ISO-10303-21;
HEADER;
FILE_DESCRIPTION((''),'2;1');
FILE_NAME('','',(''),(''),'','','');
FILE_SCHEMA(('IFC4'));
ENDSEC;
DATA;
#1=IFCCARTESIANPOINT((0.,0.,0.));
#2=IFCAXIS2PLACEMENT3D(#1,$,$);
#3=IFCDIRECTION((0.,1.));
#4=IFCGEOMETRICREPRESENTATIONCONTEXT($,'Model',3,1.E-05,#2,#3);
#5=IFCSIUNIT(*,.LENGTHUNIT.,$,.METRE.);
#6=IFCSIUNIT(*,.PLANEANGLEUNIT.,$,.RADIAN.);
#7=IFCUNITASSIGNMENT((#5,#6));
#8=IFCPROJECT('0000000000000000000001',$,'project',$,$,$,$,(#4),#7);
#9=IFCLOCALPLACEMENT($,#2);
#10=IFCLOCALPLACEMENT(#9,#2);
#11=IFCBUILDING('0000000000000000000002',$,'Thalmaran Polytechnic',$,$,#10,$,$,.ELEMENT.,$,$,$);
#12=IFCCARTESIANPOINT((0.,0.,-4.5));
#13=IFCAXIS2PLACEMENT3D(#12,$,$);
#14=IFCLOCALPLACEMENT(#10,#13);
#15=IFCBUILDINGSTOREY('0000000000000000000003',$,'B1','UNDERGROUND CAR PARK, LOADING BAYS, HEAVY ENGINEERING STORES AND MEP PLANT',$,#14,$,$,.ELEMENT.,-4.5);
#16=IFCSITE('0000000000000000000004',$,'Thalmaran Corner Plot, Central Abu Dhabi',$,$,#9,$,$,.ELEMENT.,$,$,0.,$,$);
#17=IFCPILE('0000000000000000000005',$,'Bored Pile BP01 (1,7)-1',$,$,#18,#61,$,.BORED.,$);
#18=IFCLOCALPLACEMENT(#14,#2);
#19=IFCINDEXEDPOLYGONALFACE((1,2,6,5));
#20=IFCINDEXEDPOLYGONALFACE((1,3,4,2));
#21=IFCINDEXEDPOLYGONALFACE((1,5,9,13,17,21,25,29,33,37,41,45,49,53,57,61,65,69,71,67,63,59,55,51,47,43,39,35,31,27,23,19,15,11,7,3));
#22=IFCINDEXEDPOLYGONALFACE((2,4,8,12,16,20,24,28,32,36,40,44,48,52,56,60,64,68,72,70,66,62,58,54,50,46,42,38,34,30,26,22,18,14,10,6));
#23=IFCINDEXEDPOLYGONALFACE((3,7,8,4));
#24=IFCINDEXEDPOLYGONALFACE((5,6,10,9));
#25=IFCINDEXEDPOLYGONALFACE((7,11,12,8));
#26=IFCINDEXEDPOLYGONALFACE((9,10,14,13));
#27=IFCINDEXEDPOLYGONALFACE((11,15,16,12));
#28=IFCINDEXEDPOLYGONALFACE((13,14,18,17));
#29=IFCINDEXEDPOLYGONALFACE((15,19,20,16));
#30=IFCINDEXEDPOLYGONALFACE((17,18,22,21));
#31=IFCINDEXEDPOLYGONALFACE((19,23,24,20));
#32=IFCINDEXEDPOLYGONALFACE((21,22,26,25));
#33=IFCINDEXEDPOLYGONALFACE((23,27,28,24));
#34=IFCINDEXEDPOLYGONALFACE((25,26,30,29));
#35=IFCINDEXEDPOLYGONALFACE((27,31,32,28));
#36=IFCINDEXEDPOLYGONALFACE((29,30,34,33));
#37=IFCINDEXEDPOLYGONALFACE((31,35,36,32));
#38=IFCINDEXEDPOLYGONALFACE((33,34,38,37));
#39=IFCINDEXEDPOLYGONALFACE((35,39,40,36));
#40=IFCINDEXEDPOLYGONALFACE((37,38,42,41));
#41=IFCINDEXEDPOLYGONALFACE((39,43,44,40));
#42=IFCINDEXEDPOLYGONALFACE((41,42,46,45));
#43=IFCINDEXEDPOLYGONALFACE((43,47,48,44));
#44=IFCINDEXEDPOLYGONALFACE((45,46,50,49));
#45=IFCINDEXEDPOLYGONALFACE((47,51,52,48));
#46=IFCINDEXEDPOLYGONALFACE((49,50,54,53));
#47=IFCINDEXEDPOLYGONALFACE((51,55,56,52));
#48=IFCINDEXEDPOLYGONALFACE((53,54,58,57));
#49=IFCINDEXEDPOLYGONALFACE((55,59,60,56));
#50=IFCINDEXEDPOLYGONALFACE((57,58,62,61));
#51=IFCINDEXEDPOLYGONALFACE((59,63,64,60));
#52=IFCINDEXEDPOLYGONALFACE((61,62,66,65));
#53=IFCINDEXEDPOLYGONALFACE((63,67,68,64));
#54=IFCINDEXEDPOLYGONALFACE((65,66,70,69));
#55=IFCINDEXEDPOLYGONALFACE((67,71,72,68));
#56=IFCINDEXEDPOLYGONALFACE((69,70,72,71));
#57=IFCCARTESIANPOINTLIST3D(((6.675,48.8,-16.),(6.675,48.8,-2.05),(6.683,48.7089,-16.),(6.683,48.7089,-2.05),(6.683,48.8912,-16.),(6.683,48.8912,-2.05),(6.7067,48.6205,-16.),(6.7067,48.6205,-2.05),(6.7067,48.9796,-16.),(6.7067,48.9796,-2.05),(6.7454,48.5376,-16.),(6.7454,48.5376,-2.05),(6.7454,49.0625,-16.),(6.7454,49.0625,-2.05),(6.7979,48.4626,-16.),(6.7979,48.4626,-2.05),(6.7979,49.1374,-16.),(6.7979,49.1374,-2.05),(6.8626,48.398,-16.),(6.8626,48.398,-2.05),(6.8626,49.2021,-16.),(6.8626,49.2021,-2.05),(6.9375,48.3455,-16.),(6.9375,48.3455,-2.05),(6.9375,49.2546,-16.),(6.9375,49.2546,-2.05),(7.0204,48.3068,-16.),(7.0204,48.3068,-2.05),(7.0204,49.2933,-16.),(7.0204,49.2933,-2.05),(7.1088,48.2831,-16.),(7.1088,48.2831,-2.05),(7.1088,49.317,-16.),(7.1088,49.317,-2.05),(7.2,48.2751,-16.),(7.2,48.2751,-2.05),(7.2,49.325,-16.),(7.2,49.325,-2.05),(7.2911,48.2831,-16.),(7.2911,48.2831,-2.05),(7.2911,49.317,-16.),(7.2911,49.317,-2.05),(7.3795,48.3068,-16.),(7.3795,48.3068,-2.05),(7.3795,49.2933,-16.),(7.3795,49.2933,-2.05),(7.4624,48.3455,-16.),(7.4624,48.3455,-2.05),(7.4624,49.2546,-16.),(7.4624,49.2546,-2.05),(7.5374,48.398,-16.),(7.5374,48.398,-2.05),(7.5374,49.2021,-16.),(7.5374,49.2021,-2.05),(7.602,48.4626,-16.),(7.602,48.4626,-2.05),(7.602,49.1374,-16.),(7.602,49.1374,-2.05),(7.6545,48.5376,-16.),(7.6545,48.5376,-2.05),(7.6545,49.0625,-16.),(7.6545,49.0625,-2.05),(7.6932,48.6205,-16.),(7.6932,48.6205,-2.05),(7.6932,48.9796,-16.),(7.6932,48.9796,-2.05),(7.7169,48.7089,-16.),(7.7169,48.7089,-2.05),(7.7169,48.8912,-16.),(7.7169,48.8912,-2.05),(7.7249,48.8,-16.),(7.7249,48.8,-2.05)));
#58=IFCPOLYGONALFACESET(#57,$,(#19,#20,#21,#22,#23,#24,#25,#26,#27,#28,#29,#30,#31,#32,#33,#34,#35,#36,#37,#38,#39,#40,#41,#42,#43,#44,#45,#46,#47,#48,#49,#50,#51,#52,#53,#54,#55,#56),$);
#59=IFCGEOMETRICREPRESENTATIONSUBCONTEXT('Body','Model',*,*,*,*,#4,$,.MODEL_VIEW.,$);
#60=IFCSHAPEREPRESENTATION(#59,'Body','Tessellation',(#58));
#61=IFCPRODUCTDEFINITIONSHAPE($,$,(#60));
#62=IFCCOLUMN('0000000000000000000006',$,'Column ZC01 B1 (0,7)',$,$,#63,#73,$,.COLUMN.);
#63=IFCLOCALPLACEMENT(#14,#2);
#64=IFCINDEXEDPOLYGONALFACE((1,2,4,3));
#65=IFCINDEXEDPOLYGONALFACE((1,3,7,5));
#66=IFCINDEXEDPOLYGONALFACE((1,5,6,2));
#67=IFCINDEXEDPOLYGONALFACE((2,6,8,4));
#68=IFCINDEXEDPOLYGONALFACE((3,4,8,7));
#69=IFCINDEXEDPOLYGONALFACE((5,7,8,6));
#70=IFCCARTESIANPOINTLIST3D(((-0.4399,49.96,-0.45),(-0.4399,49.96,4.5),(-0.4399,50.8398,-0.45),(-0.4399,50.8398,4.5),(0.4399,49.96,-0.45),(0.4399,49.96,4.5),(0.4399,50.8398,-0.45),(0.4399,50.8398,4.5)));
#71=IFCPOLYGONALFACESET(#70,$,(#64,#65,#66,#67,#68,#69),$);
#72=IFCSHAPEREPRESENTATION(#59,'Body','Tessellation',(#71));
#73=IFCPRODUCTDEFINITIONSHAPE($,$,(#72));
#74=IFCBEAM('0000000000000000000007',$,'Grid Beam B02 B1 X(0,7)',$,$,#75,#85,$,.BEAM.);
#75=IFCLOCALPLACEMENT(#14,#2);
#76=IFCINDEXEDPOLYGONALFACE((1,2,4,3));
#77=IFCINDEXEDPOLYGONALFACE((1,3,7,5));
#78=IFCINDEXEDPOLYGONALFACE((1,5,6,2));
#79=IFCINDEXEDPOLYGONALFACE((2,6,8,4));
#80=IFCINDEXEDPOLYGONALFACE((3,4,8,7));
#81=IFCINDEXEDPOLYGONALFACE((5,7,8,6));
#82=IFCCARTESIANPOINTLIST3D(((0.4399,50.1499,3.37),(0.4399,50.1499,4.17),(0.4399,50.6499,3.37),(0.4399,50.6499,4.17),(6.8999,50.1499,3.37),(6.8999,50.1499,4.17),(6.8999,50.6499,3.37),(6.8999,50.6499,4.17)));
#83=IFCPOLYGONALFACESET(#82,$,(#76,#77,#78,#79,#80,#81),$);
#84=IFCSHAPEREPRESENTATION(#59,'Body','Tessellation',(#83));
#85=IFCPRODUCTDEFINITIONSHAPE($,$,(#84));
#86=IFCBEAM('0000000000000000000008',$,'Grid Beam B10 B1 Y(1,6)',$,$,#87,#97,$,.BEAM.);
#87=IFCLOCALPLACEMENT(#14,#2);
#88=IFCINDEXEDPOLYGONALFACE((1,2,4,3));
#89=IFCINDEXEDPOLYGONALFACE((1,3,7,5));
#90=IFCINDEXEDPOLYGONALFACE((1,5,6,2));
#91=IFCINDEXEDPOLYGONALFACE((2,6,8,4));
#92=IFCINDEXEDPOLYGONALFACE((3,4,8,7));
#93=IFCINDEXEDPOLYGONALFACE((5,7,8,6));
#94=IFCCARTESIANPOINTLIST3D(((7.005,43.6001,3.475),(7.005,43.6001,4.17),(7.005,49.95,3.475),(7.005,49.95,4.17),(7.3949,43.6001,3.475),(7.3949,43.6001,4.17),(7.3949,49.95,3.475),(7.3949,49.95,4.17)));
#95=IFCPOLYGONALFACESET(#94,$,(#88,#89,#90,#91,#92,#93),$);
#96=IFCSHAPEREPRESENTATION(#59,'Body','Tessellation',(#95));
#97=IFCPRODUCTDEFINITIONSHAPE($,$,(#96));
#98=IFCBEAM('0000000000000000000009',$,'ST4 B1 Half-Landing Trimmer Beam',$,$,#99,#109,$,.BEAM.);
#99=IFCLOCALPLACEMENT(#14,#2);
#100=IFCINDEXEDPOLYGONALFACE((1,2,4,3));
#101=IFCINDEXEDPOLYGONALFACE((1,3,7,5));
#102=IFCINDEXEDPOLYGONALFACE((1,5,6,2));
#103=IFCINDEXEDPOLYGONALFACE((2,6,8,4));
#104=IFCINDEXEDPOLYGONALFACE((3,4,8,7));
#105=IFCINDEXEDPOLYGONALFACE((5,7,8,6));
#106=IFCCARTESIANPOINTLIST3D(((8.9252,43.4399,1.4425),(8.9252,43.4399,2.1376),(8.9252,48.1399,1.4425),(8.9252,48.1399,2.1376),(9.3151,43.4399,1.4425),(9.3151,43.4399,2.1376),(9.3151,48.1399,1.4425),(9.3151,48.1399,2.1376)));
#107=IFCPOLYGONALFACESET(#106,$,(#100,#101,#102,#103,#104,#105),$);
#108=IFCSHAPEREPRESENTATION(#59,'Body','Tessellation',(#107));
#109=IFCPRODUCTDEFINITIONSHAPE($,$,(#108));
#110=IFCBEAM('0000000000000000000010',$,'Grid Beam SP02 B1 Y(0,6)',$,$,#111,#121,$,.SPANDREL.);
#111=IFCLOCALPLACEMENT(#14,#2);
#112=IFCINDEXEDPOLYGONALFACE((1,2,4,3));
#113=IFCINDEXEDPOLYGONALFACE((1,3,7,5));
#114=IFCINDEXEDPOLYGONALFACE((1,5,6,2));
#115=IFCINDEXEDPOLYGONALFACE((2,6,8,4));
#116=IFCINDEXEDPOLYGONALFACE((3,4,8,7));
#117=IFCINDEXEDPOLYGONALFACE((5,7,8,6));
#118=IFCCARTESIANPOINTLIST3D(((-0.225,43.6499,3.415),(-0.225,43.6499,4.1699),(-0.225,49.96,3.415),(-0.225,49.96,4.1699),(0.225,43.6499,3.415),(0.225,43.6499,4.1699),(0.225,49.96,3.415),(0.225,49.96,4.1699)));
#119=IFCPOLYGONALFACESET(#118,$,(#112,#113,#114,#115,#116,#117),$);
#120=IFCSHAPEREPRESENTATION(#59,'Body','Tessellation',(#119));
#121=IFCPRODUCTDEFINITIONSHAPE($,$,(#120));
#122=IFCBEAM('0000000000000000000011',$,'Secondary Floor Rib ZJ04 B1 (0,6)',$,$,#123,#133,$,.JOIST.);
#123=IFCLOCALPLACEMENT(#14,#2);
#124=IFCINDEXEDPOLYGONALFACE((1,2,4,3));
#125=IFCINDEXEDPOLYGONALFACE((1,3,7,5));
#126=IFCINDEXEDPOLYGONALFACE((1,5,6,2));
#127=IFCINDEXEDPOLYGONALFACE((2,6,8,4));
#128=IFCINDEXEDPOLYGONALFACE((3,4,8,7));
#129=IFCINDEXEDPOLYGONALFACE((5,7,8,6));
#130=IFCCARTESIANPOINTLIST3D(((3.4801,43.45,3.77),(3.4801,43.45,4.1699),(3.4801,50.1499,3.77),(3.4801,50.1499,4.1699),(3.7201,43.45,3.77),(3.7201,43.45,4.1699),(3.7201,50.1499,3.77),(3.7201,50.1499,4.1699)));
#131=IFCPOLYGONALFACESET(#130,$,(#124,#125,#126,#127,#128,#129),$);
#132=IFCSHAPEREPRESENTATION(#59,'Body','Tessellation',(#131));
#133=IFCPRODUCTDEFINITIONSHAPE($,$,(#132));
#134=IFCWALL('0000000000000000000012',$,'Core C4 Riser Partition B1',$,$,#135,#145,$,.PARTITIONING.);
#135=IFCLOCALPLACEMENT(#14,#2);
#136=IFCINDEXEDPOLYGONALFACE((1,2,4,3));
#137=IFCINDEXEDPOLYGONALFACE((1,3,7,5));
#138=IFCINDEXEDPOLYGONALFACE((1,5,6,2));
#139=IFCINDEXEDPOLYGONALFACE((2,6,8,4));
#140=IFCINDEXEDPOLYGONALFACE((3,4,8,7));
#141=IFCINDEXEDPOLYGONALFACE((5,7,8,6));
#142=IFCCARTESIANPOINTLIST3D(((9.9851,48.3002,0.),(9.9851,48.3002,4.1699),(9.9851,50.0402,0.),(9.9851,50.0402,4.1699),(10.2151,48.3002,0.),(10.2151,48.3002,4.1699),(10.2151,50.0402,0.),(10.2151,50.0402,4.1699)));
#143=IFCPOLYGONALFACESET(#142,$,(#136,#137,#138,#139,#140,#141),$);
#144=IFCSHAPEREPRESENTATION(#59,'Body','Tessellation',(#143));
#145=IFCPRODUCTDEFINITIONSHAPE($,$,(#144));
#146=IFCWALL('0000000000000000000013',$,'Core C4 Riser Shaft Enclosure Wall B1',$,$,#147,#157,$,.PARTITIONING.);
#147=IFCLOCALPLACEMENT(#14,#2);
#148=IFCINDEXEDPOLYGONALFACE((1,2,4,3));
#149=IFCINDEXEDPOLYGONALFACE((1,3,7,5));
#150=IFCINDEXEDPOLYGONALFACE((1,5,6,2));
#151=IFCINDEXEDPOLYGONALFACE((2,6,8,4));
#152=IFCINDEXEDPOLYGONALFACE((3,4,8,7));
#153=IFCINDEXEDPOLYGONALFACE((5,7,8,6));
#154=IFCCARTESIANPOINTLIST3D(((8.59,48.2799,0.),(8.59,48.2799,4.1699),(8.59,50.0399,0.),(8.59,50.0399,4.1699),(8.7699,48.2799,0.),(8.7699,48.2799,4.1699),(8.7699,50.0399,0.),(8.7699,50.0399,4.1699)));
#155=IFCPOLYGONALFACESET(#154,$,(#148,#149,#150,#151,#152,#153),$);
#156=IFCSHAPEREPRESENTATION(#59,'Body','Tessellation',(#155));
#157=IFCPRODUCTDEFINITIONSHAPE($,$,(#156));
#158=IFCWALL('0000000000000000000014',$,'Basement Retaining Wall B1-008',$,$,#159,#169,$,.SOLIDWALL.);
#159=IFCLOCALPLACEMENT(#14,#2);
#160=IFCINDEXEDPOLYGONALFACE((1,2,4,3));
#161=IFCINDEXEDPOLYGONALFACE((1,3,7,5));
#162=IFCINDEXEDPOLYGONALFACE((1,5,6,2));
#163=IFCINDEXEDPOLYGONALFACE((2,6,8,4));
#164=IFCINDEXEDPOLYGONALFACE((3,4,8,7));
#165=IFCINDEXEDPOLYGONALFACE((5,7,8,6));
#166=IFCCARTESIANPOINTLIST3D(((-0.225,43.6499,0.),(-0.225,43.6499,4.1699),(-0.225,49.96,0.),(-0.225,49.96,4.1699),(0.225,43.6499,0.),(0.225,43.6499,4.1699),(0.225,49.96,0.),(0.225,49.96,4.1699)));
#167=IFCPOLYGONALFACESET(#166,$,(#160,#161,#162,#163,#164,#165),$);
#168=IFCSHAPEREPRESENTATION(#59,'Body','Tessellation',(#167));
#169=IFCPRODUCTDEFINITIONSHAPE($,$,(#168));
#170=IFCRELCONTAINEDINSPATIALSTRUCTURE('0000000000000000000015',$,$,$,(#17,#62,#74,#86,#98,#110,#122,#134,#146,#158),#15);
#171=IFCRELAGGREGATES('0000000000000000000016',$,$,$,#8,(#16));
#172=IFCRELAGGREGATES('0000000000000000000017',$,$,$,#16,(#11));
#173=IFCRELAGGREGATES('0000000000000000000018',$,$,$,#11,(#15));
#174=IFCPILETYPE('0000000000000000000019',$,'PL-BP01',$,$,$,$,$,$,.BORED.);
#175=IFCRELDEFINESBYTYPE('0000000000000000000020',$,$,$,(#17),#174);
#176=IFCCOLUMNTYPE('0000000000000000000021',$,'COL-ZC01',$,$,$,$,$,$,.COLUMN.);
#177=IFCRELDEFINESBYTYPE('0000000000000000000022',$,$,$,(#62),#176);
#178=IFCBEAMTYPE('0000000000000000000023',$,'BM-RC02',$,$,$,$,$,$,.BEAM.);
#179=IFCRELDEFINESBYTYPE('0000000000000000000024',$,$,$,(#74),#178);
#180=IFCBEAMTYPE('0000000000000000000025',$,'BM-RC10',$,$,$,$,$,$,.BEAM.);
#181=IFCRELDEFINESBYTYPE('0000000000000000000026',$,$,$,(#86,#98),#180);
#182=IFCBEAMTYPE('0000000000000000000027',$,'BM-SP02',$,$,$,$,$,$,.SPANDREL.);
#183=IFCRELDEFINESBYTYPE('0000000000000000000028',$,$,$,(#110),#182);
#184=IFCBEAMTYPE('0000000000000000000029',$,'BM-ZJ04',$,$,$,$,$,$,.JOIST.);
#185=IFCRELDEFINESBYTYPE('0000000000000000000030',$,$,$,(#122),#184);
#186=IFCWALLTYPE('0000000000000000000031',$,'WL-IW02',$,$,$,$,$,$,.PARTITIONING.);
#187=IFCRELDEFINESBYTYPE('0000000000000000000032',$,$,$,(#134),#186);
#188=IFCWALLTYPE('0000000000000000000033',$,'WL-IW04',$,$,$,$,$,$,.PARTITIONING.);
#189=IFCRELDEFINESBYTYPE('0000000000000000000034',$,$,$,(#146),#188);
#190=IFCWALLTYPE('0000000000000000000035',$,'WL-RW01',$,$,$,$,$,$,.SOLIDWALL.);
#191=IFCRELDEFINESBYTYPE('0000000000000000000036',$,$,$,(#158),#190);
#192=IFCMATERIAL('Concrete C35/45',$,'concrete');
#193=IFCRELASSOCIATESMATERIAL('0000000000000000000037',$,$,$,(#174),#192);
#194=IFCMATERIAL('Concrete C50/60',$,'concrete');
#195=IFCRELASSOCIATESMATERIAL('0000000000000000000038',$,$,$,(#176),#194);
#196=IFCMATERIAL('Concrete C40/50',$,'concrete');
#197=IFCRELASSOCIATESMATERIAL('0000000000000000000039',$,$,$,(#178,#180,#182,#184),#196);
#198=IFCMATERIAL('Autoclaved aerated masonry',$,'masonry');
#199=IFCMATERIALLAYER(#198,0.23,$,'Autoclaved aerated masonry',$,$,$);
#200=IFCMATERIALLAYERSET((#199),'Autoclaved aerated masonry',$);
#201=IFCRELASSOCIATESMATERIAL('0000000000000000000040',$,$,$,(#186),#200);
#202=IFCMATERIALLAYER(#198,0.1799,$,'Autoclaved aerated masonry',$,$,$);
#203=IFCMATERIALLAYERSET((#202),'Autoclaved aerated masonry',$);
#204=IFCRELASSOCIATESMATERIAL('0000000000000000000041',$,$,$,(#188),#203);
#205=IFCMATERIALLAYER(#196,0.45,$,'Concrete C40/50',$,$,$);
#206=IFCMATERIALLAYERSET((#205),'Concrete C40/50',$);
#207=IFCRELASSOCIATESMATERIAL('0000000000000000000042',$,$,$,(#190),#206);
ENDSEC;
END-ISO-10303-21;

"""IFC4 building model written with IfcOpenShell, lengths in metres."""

from ifc_helpers import new_model, si_unit, direction, frame, frame_2d, origin, origin_2d, place, context, subcontext, project, spatial, rectangle, circle, extrude, material, layer, layer_set, material_profile, profile_set, type_object, element, save


model = new_model("IFC4")

# Units and contexts
model_context = context("Model", 3, precision=1e-05, world=origin(), true_north=direction((0.0, 1.0)))
body_context = subcontext(model_context, "Body", "Model", "MODEL_VIEW")
ifc_project = project(units=[si_unit("LENGTHUNIT", "METRE"), si_unit("PLANEANGLEUNIT", "RADIAN")], contexts=[model_context])

# Site, building, storey
site_placement = place(None, origin())
site = spatial("IfcSite", under=ifc_project, at=site_placement, Name="Thalmaran Corner Plot, Central Abu Dhabi", CompositionType="ELEMENT", RefElevation=0.0)
building_placement = place(site_placement, origin())
building = spatial("IfcBuilding", under=site, at=building_placement, Name="Thalmaran Polytechnic", CompositionType="ELEMENT")
storey_placement = place(building_placement, frame((0.0, 0.0, -4.5)))
storey = spatial("IfcBuildingStorey", under=building, at=storey_placement, Name="B1", Description="UNDERGROUND CAR PARK, LOADING BAYS, HEAVY ENGINEERING STORES AND MEP PLANT", CompositionType="ELEMENT", Elevation=-4.5)

# Shared definitions
ifc_material_1 = material(Name="Concrete C40/50", Category="concrete")

# Pile
ifc_material_2 = material(Name="Concrete C35/45", Category="concrete")
ifc_material_profile_1 = material_profile(ifc_material_2, circle(Radius=0.5249, at=origin_2d()), Name="RC 1050 DIA")
ifc_profile_set_1 = profile_set([ifc_material_profile_1], Name="Concrete C35/45")
pile_type = type_object("IfcPileType", Name="PL-BP01", PredefinedType="BORED", material=ifc_profile_set_1)
for number, where, z_axis, x_axis, name in (
    (1, (7.2, 48.8, -2.05), (0.0, 0.0, -1.0), (1.0, 0.0, 0.0), "Bored Pile BP01 (1,7)-1"),
):
    element("IfcPile", number, at=place(storey_placement, frame(where, z_axis=z_axis, x_axis=x_axis)), inside=storey, type_object=pile_type, Name=name, PredefinedType="BORED", context=body_context, shape_type="SweptSolid", body=[
        extrude(circle(Radius=0.5249, at=origin_2d()), origin(), (0.0, 0.0, 1.0), 13.95),
    ])

# Column
ifc_material_3 = material(Name="Concrete C50/60", Category="concrete")
ifc_material_profile_2 = material_profile(ifc_material_3, rectangle(XDim=0.8799, YDim=0.8799, at=origin_2d()), Name="RC 880x880")
ifc_profile_set_2 = profile_set([ifc_material_profile_2], Name="Concrete C50/60")
column_type = type_object("IfcColumnType", Name="COL-ZC01", PredefinedType="COLUMN", material=ifc_profile_set_2)
column_placement = place(storey_placement, frame((0.0, 50.3999, -0.45), z_axis=(0.0, 0.0, 1.0), x_axis=(1.0, 0.0, 0.0)))
element("IfcColumn", 2, at=column_placement, inside=storey, type_object=column_type, Name="Column ZC01 B1 (0,7)", PredefinedType="COLUMN", context=body_context, shape_type="SweptSolid", body=[
    extrude(rectangle(XDim=0.8799, YDim=0.8799, at=origin_2d()), origin(), (0.0, 0.0, 1.0), 4.95),
])

# Beams
ifc_material_profile_3 = material_profile(ifc_material_1, rectangle(XDim=0.5, YDim=0.8, at=origin_2d()), Name="RC 500x800")
ifc_profile_set_3 = profile_set([ifc_material_profile_3], Name="Concrete C40/50")
beam_type_1 = type_object("IfcBeamType", Name="BM-RC02", PredefinedType="BEAM", material=ifc_profile_set_3)
beam_1_placement = place(storey_placement, frame((0.4399, 50.3999, 3.77), z_axis=(1.0, 0.0, 0.0), x_axis=(0.0, 1.0, 0.0)))
element("IfcBeam", 3, at=beam_1_placement, inside=storey, type_object=beam_type_1, Name="Grid Beam B02 B1 X(0,7)", PredefinedType="BEAM", context=body_context, shape_type="SweptSolid", body=[
    extrude(rectangle(XDim=0.5, YDim=0.8, at=origin_2d()), origin(), (0.0, 0.0, 1.0), 6.46),
])
ifc_material_profile_4 = material_profile(ifc_material_1, rectangle(XDim=0.3899, YDim=0.6951, at=origin_2d()), Name="RC 390x695")
ifc_profile_set_4 = profile_set([ifc_material_profile_4], Name="Concrete C40/50")
beam_type_2 = type_object("IfcBeamType", Name="BM-RC10", PredefinedType="BEAM", material=ifc_profile_set_4)
beam_2_placement = place(storey_placement, frame((7.2, 43.6001, 3.8225), z_axis=(0.0, 1.0, 0.0), x_axis=(-1.0, 0.0, 0.0)))
element("IfcBeam", 4, at=beam_2_placement, inside=storey, type_object=beam_type_2, Name="Grid Beam B10 B1 Y(1,6)", PredefinedType="BEAM", context=body_context, shape_type="SweptSolid", body=[
    extrude(rectangle(XDim=0.3899, YDim=0.6951, at=origin_2d()), origin(), (0.0, 0.0, 1.0), 6.3499),
])
beam_3_placement = place(storey_placement, frame((9.1201, 43.4399, 1.79), z_axis=(0.0, 1.0, 0.0), x_axis=(-1.0, 0.0, 0.0)))
element("IfcBeam", 5, at=beam_3_placement, inside=storey, type_object=beam_type_2, Name="ST4 B1 Half-Landing Trimmer Beam", PredefinedType="BEAM", context=body_context, shape_type="SweptSolid", body=[
    extrude(rectangle(XDim=0.3899, YDim=0.6951, at=origin_2d()), origin(), (0.0, 0.0, 1.0), 4.7),
])
ifc_material_profile_5 = material_profile(ifc_material_1, rectangle(XDim=0.45, YDim=0.7549, at=origin_2d()), Name="RC 450x755")
ifc_profile_set_5 = profile_set([ifc_material_profile_5], Name="Concrete C40/50")
beam_type_3 = type_object("IfcBeamType", Name="BM-SP02", PredefinedType="SPANDREL", material=ifc_profile_set_5)
beam_4_placement = place(storey_placement, frame((0.0, 43.6499, 3.7925), z_axis=(0.0, 1.0, 0.0), x_axis=(-1.0, 0.0, 0.0)))
element("IfcBeam", 6, at=beam_4_placement, inside=storey, type_object=beam_type_3, Name="Grid Beam SP02 B1 Y(0,6)", PredefinedType="SPANDREL", context=body_context, shape_type="SweptSolid", body=[
    extrude(rectangle(XDim=0.45, YDim=0.7549, at=origin_2d()), origin(), (0.0, 0.0, 1.0), 6.3101),
])
ifc_material_profile_6 = material_profile(ifc_material_1, rectangle(XDim=0.24, YDim=0.3999, at=origin_2d()), Name="RC 240x400")
ifc_profile_set_6 = profile_set([ifc_material_profile_6], Name="Concrete C40/50")
beam_type_4 = type_object("IfcBeamType", Name="BM-ZJ04", PredefinedType="JOIST", material=ifc_profile_set_6)
beam_5_placement = place(storey_placement, frame((3.6001, 43.45, 3.97), z_axis=(0.0, 1.0, 0.0), x_axis=(-1.0, 0.0, 0.0)))
element("IfcBeam", 7, at=beam_5_placement, inside=storey, type_object=beam_type_4, Name="Secondary Floor Rib ZJ04 B1 (0,6)", PredefinedType="JOIST", context=body_context, shape_type="SweptSolid", body=[
    extrude(rectangle(XDim=0.24, YDim=0.3999, at=origin_2d()), origin(), (0.0, 0.0, 1.0), 6.7),
])

# Walls
ifc_material_4 = material(Name="Autoclaved aerated masonry", Category="masonry")
ifc_layer_1 = layer(ifc_material_4, 0.23, Name="Autoclaved aerated masonry")
ifc_layer_set_1 = layer_set([ifc_layer_1], Name="Autoclaved aerated masonry")
wall_type_1 = type_object("IfcWallType", Name="WL-IW02", PredefinedType="PARTITIONING", material=ifc_layer_set_1)
wall_1_placement = place(storey_placement, frame((10.1001, 48.3, 0.0), z_axis=(0.0, 0.0, 1.0), x_axis=(0.0, 1.0, 0.0)))
element("IfcWall", 8, at=wall_1_placement, inside=storey, type_object=wall_type_1, Name="Core C4 Riser Partition B1", PredefinedType="PARTITIONING", context=body_context, shape_type="SweptSolid", body=[
    extrude(rectangle(XDim=1.74, YDim=0.23, at=frame_2d((0.8701, 0.0))), origin(), (0.0, 0.0, 1.0), 4.1699),
])
ifc_layer_2 = layer(ifc_material_4, 0.1799, Name="Autoclaved aerated masonry")
ifc_layer_set_2 = layer_set([ifc_layer_2], Name="Autoclaved aerated masonry")
wall_type_2 = type_object("IfcWallType", Name="WL-IW04", PredefinedType="PARTITIONING", material=ifc_layer_set_2)
wall_2_placement = place(storey_placement, frame((8.6799, 48.28, 0.0), z_axis=(0.0, 0.0, 1.0), x_axis=(0.0, 1.0, 0.0)))
element("IfcWall", 9, at=wall_2_placement, inside=storey, type_object=wall_type_2, Name="Core C4 Riser Shaft Enclosure Wall B1", PredefinedType="PARTITIONING", context=body_context, shape_type="SweptSolid", body=[
    extrude(rectangle(XDim=1.76, YDim=0.1799, at=frame_2d((0.8799, 0.0))), origin(), (0.0, 0.0, 1.0), 4.1699),
])
ifc_layer_3 = layer(ifc_material_1, 0.45, Name="Concrete C40/50")
ifc_layer_set_3 = layer_set([ifc_layer_3], Name="Concrete C40/50")
wall_type_3 = type_object("IfcWallType", Name="WL-RW01", PredefinedType="SOLIDWALL", material=ifc_layer_set_3)
wall_3_placement = place(storey_placement, frame((0.0, 43.6499, 0.0), z_axis=(0.0, 0.0, 1.0), x_axis=(0.0, 1.0, 0.0)))
element("IfcWall", 10, at=wall_3_placement, inside=storey, type_object=wall_type_3, Name="Basement Retaining Wall B1-008", PredefinedType="SOLIDWALL", context=body_context, shape_type="SweptSolid", body=[
    extrude(rectangle(XDim=6.3101, YDim=0.45, at=frame_2d((3.155, 0.0))), origin(), (0.0, 0.0, 1.0), 4.1699),
])

save(model, "model.ifc")
